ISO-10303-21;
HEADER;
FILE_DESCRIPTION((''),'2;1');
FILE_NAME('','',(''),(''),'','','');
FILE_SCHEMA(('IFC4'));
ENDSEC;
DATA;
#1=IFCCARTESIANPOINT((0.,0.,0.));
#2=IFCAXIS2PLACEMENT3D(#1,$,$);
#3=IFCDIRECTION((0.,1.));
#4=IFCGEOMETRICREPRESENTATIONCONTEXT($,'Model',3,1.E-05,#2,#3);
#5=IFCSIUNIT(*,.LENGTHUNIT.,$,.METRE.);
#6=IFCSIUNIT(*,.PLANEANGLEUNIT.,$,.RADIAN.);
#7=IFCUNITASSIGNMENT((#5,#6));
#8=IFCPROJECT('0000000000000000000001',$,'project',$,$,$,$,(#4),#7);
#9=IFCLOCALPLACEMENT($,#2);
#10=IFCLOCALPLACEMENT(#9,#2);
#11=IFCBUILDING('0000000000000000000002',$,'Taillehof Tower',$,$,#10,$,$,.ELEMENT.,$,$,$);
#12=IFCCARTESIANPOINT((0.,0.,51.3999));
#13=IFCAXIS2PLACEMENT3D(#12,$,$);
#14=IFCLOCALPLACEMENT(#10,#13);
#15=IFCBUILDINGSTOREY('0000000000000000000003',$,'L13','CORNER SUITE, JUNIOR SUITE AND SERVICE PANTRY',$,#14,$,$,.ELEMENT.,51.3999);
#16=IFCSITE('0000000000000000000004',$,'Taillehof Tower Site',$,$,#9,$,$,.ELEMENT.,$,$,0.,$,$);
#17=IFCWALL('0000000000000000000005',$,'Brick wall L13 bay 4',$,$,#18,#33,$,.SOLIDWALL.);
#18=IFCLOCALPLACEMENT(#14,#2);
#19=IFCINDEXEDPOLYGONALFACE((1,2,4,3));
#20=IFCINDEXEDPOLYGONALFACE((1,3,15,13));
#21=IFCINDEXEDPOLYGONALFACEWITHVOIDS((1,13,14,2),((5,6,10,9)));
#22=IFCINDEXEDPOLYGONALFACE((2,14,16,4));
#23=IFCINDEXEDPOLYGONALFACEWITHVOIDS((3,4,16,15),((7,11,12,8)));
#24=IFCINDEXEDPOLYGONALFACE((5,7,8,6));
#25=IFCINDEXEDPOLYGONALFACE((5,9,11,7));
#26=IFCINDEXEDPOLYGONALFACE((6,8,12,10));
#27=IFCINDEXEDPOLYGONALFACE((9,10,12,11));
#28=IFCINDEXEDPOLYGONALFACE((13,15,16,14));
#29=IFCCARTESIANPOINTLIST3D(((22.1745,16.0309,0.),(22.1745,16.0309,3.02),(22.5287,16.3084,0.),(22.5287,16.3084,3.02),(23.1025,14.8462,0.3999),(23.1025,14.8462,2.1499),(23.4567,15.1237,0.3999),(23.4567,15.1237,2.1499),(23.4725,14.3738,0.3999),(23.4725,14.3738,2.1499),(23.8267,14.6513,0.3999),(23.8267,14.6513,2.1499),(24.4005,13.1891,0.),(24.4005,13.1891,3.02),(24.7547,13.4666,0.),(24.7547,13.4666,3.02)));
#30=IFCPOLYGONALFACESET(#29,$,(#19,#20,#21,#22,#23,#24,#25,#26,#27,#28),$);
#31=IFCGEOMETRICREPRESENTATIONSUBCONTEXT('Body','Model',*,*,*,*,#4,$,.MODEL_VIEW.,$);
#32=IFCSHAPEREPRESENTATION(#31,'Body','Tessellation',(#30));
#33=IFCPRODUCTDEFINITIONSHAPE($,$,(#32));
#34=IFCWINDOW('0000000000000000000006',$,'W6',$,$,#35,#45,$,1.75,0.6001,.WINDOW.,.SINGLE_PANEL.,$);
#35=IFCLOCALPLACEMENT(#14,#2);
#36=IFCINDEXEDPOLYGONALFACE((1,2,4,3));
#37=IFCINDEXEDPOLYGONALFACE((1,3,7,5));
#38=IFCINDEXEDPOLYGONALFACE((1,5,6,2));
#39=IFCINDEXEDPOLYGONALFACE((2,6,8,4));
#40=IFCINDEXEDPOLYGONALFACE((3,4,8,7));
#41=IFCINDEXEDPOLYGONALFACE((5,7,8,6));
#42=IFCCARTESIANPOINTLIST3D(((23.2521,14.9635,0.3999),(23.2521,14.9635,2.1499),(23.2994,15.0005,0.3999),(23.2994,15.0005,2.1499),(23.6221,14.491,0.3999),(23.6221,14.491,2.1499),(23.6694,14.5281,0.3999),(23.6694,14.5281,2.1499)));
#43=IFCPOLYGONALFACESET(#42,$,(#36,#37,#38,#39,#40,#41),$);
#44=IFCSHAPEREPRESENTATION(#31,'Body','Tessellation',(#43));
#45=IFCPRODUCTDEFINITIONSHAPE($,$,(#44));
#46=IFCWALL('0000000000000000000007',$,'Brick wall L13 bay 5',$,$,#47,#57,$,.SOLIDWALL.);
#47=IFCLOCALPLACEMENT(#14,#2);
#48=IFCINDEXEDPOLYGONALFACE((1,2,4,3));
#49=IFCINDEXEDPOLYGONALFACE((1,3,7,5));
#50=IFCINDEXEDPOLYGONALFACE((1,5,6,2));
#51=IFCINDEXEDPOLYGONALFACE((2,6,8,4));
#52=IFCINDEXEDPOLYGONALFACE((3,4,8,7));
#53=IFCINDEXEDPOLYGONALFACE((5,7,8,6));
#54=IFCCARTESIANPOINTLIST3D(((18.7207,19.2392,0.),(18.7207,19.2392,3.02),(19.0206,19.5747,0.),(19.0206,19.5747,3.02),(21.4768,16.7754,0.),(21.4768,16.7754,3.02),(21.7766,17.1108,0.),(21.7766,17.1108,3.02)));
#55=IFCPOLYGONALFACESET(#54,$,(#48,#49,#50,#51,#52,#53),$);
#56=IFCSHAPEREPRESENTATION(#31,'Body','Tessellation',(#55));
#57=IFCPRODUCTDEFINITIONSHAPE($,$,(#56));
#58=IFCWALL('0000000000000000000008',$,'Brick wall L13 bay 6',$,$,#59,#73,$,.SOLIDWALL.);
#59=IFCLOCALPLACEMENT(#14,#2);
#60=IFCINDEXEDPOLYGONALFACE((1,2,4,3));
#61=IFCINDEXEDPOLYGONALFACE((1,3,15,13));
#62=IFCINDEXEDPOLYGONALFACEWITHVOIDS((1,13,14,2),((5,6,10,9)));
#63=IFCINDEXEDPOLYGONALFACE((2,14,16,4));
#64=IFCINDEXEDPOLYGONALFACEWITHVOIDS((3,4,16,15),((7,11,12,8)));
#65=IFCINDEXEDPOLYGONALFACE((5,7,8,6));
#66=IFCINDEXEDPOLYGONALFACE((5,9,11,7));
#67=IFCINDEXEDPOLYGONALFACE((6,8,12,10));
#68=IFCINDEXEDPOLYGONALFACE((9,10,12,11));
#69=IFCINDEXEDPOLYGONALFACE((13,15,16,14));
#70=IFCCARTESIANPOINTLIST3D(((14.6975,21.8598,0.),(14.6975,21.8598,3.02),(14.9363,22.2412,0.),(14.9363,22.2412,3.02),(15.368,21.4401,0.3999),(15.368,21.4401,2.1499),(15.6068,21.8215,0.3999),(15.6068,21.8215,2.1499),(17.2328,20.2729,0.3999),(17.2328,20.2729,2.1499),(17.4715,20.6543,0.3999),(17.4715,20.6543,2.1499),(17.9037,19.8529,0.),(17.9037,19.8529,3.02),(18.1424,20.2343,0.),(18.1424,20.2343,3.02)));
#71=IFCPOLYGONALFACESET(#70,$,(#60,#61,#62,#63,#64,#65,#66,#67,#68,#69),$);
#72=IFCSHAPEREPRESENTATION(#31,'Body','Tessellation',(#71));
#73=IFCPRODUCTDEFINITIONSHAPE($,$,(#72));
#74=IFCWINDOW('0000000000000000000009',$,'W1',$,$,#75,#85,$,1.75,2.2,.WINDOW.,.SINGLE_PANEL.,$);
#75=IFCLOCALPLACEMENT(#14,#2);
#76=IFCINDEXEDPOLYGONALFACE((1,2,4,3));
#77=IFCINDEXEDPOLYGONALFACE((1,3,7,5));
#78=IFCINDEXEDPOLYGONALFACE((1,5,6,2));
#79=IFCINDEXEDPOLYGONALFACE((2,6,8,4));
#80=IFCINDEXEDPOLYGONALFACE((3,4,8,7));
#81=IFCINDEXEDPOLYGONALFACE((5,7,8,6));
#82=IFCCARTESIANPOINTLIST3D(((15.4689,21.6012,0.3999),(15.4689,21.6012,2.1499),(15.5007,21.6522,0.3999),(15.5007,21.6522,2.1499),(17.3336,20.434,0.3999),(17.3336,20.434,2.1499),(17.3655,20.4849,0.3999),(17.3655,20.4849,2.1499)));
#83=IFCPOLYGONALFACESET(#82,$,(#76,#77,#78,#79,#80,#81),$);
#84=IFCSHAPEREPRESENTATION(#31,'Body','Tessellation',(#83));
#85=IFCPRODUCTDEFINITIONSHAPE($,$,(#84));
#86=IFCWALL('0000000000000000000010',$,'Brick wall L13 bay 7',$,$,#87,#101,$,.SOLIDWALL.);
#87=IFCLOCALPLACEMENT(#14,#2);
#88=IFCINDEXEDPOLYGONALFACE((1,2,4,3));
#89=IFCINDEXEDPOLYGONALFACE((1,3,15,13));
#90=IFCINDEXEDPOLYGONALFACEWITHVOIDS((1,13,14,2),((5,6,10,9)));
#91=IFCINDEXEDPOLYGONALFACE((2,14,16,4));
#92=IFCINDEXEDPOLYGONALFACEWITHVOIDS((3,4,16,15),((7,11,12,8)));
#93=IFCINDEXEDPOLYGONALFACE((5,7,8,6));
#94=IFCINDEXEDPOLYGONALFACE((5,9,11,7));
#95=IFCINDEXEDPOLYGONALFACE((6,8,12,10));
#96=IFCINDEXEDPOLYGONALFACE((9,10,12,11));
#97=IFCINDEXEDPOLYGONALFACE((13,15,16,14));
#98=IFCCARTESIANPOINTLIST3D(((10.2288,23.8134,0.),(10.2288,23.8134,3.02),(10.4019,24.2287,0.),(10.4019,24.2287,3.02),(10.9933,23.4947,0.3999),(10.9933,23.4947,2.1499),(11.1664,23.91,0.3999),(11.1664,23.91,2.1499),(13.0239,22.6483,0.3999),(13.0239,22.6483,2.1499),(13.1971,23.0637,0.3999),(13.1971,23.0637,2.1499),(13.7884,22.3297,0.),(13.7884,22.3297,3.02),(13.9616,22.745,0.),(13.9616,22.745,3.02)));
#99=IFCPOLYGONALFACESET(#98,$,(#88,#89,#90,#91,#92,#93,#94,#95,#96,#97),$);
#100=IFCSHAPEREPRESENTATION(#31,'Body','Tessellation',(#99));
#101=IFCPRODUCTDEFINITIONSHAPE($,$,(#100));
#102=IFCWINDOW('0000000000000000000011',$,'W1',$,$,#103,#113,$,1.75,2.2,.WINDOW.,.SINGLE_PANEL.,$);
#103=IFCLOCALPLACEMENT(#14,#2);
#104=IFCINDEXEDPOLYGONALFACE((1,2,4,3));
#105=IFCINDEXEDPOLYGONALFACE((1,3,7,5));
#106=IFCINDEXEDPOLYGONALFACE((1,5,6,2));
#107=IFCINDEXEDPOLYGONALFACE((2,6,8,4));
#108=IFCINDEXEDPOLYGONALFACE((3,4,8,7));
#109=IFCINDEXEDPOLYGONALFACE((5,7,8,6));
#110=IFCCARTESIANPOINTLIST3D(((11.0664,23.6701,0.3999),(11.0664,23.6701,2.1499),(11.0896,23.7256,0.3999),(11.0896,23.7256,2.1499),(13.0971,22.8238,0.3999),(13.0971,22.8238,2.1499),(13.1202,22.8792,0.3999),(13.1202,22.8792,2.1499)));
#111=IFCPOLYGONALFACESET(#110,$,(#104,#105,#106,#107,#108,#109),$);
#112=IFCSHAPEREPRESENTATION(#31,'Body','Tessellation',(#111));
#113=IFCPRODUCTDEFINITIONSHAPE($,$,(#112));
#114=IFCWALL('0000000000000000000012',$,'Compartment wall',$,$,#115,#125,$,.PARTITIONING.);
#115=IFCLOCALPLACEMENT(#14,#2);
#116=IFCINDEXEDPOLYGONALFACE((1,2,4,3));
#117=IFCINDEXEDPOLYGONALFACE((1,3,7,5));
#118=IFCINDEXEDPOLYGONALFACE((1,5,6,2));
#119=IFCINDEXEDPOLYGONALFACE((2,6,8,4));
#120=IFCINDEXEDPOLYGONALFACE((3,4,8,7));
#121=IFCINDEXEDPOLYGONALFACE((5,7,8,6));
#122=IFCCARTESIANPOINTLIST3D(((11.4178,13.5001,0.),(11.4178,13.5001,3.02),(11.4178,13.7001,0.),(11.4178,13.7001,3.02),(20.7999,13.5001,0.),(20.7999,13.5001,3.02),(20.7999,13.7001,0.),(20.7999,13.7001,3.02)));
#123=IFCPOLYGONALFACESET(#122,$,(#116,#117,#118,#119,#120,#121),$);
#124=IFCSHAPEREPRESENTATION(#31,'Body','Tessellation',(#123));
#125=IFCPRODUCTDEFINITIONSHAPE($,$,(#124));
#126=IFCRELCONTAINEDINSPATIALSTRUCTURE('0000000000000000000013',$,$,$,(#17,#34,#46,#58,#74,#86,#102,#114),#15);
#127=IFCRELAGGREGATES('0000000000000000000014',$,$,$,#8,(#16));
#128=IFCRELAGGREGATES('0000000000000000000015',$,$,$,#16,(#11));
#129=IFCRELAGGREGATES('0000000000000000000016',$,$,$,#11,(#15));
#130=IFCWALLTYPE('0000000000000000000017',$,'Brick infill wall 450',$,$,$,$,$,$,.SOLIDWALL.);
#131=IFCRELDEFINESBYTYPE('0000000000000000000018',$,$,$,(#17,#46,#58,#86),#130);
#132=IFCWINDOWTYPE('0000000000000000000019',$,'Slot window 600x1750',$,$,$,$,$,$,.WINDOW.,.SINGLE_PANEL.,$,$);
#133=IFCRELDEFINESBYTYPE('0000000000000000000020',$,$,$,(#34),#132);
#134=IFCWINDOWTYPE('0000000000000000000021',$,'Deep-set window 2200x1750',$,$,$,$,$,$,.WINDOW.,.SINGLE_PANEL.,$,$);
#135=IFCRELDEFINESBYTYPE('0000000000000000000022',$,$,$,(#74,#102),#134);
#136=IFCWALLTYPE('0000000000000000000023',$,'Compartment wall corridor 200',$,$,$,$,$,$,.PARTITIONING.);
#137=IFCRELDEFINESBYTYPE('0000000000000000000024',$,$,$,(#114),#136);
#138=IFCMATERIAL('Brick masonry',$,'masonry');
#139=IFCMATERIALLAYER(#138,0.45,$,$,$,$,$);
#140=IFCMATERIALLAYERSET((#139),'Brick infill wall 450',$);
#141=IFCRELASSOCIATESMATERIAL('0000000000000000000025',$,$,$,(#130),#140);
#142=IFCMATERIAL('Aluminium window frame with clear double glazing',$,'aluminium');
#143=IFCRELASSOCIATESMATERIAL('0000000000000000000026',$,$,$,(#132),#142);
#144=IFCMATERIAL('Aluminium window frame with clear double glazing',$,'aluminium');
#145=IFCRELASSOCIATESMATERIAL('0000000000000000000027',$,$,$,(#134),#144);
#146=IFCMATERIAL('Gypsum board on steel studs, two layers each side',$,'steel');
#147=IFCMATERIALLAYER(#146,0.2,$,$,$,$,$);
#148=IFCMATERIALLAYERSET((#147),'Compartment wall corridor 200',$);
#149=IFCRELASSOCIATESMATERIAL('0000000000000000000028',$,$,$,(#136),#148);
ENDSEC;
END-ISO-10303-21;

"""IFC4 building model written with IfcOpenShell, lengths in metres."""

from ifc_helpers import new_model, si_unit, direction, frame, frame_2d, origin, place, context, subcontext, project, spatial, rectangle, extrude, material, layer, layer_set, type_object, element, fill, save


model = new_model("IFC4")

# Units and contexts
model_context = context("Model", 3, precision=1e-05, world=origin(), true_north=direction((0.0, 1.0)))
body_context = subcontext(model_context, "Body", "Model", "MODEL_VIEW")
ifc_project = project(units=[si_unit("LENGTHUNIT", "METRE"), si_unit("PLANEANGLEUNIT", "RADIAN")], contexts=[model_context])

# Site, building, storey
site_placement = place(None, origin())
site = spatial("IfcSite", under=ifc_project, at=site_placement, Name="Taillehof Tower Site", CompositionType="ELEMENT", RefElevation=0.0)
building_placement = place(site_placement, origin())
building = spatial("IfcBuilding", under=site, at=building_placement, Name="Taillehof Tower", CompositionType="ELEMENT")
storey_placement = place(building_placement, frame((0.0, 0.0, 51.3999)))
storey = spatial("IfcBuildingStorey", under=building, at=storey_placement, Name="L13", Description="CORNER SUITE, JUNIOR SUITE AND SERVICE PANTRY", CompositionType="ELEMENT", Elevation=51.3999)

# Wall, opening, window
ifc_material_1 = material(Name="Brick masonry", Category="masonry")
ifc_layer_1 = layer(ifc_material_1, 0.45)
ifc_layer_set_1 = layer_set([ifc_layer_1], Name="Brick infill wall 450")
wall_type_1 = type_object("IfcWallType", Name="Brick infill wall 450", PredefinedType="SOLIDWALL", material=ifc_layer_set_1)
wall_1_placement = place(storey_placement, frame((24.5776, 13.3279, 0.0), z_axis=(0.0, 0.0, 1.0), x_axis=(-0.616662, 0.787228, 0.0)))
wall_1 = element("IfcWall", 1, at=wall_1_placement, inside=storey, type_object=wall_type_1, Name="Brick wall L13 bay 4", PredefinedType="SOLIDWALL", context=body_context, shape_type="SweptSolid", body=[
    extrude(rectangle(XDim=3.6099, YDim=0.45, at=frame_2d((1.8049, 0.0))), origin(), (0.0, 0.0, 1.0), 3.02),
])
opening_1_placement = place(wall_1_placement, frame((1.5049, 0.0, 0.3999)))
opening_1 = element("IfcOpeningElement", 2, at=opening_1_placement, cuts=wall_1, PredefinedType="OPENING", context=body_context, shape_type="SweptSolid", body=[
    extrude(rectangle(XDim=0.6001, YDim=1.75, at=frame_2d((0.3, 0.875))), frame((0.0, 0.2349, 0.0), z_axis=(0.0, -1.0, 0.0), x_axis=(1.0, 0.0, 0.0)), (0.0, 0.0, 1.0), 0.47),
])
ifc_material_2 = material(Name="Aluminium window frame with clear double glazing", Category="aluminium")
window_type_1 = type_object("IfcWindowType", Name="Slot window 600x1750", PartitioningType="SINGLE_PANEL", PredefinedType="WINDOW", material=ifc_material_2)
window_1_placement = place(opening_1_placement, origin())
window_1 = element("IfcWindow", 3, at=window_1_placement, inside=storey, type_object=window_type_1, Name="W6", OverallHeight=1.75, OverallWidth=0.6001, PartitioningType="SINGLE_PANEL", PredefinedType="WINDOW", context=body_context, shape_type="SweptSolid", body=[
    extrude(rectangle(XDim=0.6001, YDim=1.75, at=frame_2d((0.3, 0.875))), frame((0.0, 0.0349, 0.0), z_axis=(0.0, -1.0, 0.0), x_axis=(1.0, 0.0, 0.0)), (0.0, 0.0, 1.0), 0.0601),
])
fill(opening_1, window_1)

# Wall
wall_2_placement = place(storey_placement, frame((21.6267, 16.9431, 0.0), z_axis=(0.0, 0.0, 1.0), x_axis=(-0.745526, 0.666476, 0.0)))
element("IfcWall", 4, at=wall_2_placement, inside=storey, type_object=wall_type_1, Name="Brick wall L13 bay 5", PredefinedType="SOLIDWALL", context=body_context, shape_type="SweptSolid", body=[
    extrude(rectangle(XDim=3.6968, YDim=0.45, at=frame_2d((1.8484, 0.0))), origin(), (0.0, 0.0, 1.0), 3.02),
])

# Walls, openings, windows
wall_3_placement = place(storey_placement, frame((18.0229, 20.0437, 0.0), z_axis=(0.0, 0.0, 1.0), x_axis=(-0.847635, 0.530579, 0.0)))
wall_3 = element("IfcWall", 5, at=wall_3_placement, inside=storey, type_object=wall_type_1, Name="Brick wall L13 bay 6", PredefinedType="SOLIDWALL", context=body_context, shape_type="SweptSolid", body=[
    extrude(rectangle(XDim=3.7825, YDim=0.45, at=frame_2d((1.8911, 0.0))), origin(), (0.0, 0.0, 1.0), 3.02),
])
opening_2_placement = place(wall_3_placement, frame((0.7913, 0.0, 0.3999)))
opening_2 = element("IfcOpeningElement", 6, at=opening_2_placement, cuts=wall_3, PredefinedType="OPENING", context=body_context, shape_type="SweptSolid", body=[
    extrude(rectangle(XDim=2.2, YDim=1.75, at=frame_2d((1.1001, 0.875))), frame((0.0, 0.2349, 0.0), z_axis=(0.0, -1.0, 0.0), x_axis=(1.0, 0.0, 0.0)), (0.0, 0.0, 1.0), 0.47),
])
ifc_material_3 = material(Name="Aluminium window frame with clear double glazing", Category="aluminium")
window_type_2 = type_object("IfcWindowType", Name="Deep-set window 2200x1750", PartitioningType="SINGLE_PANEL", PredefinedType="WINDOW", material=ifc_material_3)
window_2_placement = place(opening_2_placement, origin())
window_2 = element("IfcWindow", 7, at=window_2_placement, inside=storey, type_object=window_type_2, Name="W1", OverallHeight=1.75, OverallWidth=2.2, PartitioningType="SINGLE_PANEL", PredefinedType="WINDOW", context=body_context, shape_type="SweptSolid", body=[
    extrude(rectangle(XDim=2.2, YDim=1.75, at=frame_2d((1.1001, 0.875))), frame((0.0, 0.0349, 0.0), z_axis=(0.0, -1.0, 0.0), x_axis=(1.0, 0.0, 0.0)), (0.0, 0.0, 1.0), 0.0601),
])
fill(opening_2, window_2)
wall_4_placement = place(storey_placement, frame((13.875, 22.5374, 0.0), z_axis=(0.0, 0.0, 1.0), x_axis=(-0.923032, 0.384723, 0.0)))
wall_4 = element("IfcWall", 8, at=wall_4_placement, inside=storey, type_object=wall_type_1, Name="Brick wall L13 bay 7", PredefinedType="SOLIDWALL", context=body_context, shape_type="SweptSolid", body=[
    extrude(rectangle(XDim=3.8564, YDim=0.45, at=frame_2d((1.9282, 0.0))), origin(), (0.0, 0.0, 1.0), 3.02),
])
opening_3_placement = place(wall_4_placement, frame((0.8281, 0.0, 0.3999)))
opening_3 = element("IfcOpeningElement", 9, at=opening_3_placement, cuts=wall_4, PredefinedType="OPENING", context=body_context, shape_type="SweptSolid", body=[
    extrude(rectangle(XDim=2.2, YDim=1.75, at=frame_2d((1.1001, 0.875))), frame((0.0, 0.2349, 0.0), z_axis=(0.0, -1.0, 0.0), x_axis=(1.0, 0.0, 0.0)), (0.0, 0.0, 1.0), 0.47),
])
window_3_placement = place(opening_3_placement, origin())
window_3 = element("IfcWindow", 10, at=window_3_placement, inside=storey, type_object=window_type_2, Name="W1", OverallHeight=1.75, OverallWidth=2.2, PartitioningType="SINGLE_PANEL", PredefinedType="WINDOW", context=body_context, shape_type="SweptSolid", body=[
    extrude(rectangle(XDim=2.2, YDim=1.75, at=frame_2d((1.1001, 0.875))), frame((0.0, 0.0349, 0.0), z_axis=(0.0, -1.0, 0.0), x_axis=(1.0, 0.0, 0.0)), (0.0, 0.0, 1.0), 0.0601),
])
fill(opening_3, window_3)

# Wall
ifc_material_4 = material(Name="Gypsum board on steel studs, two layers each side", Category="steel")
ifc_layer_2 = layer(ifc_material_4, 0.2)
ifc_layer_set_2 = layer_set([ifc_layer_2], Name="Compartment wall corridor 200")
wall_type_2 = type_object("IfcWallType", Name="Compartment wall corridor 200", PredefinedType="PARTITIONING", material=ifc_layer_set_2)
wall_5_placement = place(storey_placement, frame((11.418, 13.6001, 0.0), z_axis=(0.0, 0.0, 1.0), x_axis=(1.0, 0.0, 0.0)))
element("IfcWall", 11, at=wall_5_placement, inside=storey, type_object=wall_type_2, Name="Compartment wall", PredefinedType="PARTITIONING", context=body_context, shape_type="SweptSolid", body=[
    extrude(rectangle(XDim=9.3821, YDim=0.2, at=frame_2d((4.6909, 0.0))), origin(), (0.0, 0.0, 1.0), 3.02),
])

save(model, "model.ifc")
